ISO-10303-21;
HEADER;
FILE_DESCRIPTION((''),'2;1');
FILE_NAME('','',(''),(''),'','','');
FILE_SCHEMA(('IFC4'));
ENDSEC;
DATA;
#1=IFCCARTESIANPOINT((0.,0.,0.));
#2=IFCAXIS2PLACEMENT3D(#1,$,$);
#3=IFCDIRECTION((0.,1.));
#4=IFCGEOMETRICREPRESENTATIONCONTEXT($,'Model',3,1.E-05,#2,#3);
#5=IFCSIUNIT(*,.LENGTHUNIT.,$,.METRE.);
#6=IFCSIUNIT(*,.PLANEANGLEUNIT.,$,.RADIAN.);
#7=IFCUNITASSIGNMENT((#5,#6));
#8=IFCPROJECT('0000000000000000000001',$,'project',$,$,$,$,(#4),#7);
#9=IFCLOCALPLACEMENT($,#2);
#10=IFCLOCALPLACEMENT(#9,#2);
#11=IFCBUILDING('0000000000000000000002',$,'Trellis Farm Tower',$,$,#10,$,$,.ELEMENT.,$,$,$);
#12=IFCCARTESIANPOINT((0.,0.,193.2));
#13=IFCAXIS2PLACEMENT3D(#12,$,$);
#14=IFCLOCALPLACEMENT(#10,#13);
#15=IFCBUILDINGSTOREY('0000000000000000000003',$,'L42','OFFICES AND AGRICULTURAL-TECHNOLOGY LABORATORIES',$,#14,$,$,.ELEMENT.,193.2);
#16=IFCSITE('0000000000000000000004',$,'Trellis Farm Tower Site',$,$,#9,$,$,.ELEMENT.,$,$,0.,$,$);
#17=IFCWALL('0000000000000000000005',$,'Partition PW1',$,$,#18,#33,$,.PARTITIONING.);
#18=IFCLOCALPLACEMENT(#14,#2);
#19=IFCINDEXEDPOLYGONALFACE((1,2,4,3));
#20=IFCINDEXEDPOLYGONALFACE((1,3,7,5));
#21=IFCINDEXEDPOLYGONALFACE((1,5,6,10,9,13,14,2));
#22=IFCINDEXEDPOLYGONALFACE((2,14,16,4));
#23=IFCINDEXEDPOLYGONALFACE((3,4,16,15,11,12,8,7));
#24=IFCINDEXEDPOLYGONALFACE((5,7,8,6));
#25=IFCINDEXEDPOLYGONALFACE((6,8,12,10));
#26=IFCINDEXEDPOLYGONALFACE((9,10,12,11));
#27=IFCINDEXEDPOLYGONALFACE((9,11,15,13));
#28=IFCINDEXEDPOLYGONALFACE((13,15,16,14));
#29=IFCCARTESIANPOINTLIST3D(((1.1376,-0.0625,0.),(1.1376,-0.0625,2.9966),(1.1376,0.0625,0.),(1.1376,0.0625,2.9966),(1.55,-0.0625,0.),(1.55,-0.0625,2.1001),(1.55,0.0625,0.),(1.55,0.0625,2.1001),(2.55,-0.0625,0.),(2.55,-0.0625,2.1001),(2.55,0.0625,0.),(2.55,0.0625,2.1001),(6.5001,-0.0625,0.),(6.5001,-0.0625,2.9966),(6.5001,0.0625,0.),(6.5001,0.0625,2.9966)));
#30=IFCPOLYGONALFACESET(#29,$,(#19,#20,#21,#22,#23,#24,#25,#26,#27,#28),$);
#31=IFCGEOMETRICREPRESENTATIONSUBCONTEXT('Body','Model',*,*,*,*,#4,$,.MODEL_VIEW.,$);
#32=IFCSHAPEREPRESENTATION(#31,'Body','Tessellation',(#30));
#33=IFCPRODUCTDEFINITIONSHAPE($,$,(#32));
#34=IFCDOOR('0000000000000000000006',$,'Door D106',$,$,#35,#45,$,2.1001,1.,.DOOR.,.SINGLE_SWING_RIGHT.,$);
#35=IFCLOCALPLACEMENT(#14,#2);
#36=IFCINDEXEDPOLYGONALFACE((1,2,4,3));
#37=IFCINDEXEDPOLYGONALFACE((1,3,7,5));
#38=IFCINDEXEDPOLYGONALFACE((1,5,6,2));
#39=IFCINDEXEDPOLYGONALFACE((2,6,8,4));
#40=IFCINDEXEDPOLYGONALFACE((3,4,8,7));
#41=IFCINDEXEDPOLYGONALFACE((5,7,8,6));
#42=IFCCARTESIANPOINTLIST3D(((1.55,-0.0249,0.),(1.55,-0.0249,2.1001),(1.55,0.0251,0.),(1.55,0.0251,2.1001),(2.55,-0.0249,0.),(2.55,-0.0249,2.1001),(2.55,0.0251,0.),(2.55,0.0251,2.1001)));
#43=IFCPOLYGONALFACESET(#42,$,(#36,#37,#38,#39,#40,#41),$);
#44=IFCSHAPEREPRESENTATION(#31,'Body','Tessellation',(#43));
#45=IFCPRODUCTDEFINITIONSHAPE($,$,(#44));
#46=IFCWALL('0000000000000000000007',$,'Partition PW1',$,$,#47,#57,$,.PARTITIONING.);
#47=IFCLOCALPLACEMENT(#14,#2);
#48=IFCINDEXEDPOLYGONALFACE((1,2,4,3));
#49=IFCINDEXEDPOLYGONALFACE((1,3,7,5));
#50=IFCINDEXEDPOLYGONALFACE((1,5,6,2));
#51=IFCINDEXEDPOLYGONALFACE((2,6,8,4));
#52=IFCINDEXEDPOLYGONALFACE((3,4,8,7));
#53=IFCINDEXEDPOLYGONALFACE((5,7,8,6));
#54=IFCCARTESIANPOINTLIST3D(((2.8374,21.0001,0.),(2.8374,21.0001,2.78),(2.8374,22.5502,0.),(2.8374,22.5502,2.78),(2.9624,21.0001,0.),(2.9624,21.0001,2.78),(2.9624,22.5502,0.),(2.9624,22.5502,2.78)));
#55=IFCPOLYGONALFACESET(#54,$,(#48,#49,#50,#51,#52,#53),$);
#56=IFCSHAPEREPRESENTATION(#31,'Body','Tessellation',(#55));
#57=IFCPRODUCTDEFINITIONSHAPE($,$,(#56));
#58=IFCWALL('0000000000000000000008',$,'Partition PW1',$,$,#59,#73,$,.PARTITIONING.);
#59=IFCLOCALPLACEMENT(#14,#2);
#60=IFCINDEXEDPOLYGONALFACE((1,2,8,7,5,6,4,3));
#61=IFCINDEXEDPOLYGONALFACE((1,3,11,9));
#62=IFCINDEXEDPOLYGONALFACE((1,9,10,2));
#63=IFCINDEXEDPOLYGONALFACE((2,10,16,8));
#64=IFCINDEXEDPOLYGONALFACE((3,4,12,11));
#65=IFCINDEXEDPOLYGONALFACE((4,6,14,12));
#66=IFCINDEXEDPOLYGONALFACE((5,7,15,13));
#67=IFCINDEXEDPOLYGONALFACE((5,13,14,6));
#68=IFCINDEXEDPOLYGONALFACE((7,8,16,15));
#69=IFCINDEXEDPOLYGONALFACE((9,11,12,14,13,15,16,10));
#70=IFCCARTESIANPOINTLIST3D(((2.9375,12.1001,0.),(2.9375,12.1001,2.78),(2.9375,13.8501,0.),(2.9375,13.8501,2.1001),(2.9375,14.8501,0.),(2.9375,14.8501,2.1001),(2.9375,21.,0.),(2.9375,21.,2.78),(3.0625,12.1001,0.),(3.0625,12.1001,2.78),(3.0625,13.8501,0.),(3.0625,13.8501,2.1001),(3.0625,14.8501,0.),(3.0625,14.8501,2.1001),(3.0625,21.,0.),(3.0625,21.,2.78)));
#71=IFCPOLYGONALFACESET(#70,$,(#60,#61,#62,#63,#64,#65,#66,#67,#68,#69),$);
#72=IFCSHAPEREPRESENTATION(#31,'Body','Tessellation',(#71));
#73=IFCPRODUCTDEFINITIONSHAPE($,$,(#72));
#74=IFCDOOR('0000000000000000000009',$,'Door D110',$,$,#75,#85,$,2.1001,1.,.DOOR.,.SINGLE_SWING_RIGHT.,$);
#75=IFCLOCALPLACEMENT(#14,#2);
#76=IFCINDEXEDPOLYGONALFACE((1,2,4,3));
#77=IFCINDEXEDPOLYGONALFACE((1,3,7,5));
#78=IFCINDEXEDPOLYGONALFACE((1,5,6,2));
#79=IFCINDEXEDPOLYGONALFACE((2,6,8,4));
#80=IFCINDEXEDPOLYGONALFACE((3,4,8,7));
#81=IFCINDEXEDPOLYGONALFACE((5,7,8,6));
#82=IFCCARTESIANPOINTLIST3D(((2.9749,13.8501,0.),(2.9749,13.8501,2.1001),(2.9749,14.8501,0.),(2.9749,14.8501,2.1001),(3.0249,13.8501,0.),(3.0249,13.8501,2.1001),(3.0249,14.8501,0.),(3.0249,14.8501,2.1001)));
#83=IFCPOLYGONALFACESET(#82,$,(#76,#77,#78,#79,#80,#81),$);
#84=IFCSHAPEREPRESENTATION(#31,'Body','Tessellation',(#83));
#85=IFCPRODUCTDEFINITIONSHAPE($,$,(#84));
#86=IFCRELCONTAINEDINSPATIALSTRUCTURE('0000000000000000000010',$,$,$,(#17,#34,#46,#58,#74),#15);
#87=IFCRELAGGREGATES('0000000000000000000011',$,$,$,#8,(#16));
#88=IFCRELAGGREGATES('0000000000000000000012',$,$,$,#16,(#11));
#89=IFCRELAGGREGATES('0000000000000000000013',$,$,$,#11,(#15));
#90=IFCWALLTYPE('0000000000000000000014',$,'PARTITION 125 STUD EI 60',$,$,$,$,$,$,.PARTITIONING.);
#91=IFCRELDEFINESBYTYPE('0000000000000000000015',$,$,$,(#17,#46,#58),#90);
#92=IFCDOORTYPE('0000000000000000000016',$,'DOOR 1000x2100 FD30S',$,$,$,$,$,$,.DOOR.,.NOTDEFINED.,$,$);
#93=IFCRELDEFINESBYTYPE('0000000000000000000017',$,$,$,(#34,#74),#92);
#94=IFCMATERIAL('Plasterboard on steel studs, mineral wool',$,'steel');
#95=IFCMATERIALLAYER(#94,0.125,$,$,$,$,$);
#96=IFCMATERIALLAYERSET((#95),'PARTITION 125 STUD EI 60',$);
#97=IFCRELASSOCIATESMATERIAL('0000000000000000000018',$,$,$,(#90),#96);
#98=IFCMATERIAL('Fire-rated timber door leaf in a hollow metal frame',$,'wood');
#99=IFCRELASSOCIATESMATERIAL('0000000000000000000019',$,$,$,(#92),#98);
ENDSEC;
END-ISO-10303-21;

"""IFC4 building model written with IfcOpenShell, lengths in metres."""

from ifc_helpers import new_model, si_unit, direction, frame, frame_2d, origin, place, context, subcontext, project, spatial, rectangle, extrude, source, transform, mapped, material, layer, layer_set, type_object, element, fill, save


model = new_model("IFC4")

# Units and contexts
model_context = context("Model", 3, precision=1e-05, world=origin(), true_north=direction((0.0, 1.0)))
body_context = subcontext(model_context, "Body", "Model", "MODEL_VIEW")
ifc_project = project(units=[si_unit("LENGTHUNIT", "METRE"), si_unit("PLANEANGLEUNIT", "RADIAN")], contexts=[model_context])

# Site, building, storey
site_placement = place(None, origin())
site = spatial("IfcSite", under=ifc_project, at=site_placement, Name="Trellis Farm Tower Site", CompositionType="ELEMENT", RefElevation=0.0)
building_placement = place(site_placement, origin())
building = spatial("IfcBuilding", under=site, at=building_placement, Name="Trellis Farm Tower", CompositionType="ELEMENT")
storey_placement = place(building_placement, frame((0.0, 0.0, 193.2)))
storey = spatial("IfcBuildingStorey", under=building, at=storey_placement, Name="L42", Description="OFFICES AND AGRICULTURAL-TECHNOLOGY LABORATORIES", CompositionType="ELEMENT", Elevation=193.2)

# Shared definitions
ifc_material_1 = material(Name="Plasterboard on steel studs, mineral wool", Category="steel")
ifc_layer_1 = layer(ifc_material_1, 0.125)
ifc_layer_set_1 = layer_set([ifc_layer_1], Name="PARTITION 125 STUD EI 60")
wall_type_1 = type_object("IfcWallType", Name="PARTITION 125 STUD EI 60", PredefinedType="PARTITIONING", material=ifc_layer_set_1)

# Wall, opening, door
shared_shape_1 = source(origin(), body_context, "Body", "SweptSolid", [
    extrude(rectangle(XDim=5.3625, YDim=0.125, at=frame_2d((2.6812, 0.0))), origin(), (0.0, 0.0, 1.0), 2.9966),
])
wall_1_placement = place(storey_placement, frame((6.5, 0.0, 0.0), z_axis=(0.0, 0.0, 1.0), x_axis=(-1.0, 0.0, 0.0)))
wall_1 = element("IfcWall", 1, at=wall_1_placement, inside=storey, type_object=wall_type_1, Name="Partition PW1", PredefinedType="PARTITIONING", context=body_context, shape_type="MappedRepresentation", body=[
    mapped(shared_shape_1, transform((0.0, 0.0, 0.0))),
])
shared_shape_2 = source(origin(), body_context, "Body", "SweptSolid", [
    extrude(rectangle(XDim=1.0, YDim=2.1001, at=frame_2d((0.5, 1.05))), frame((0.0, 0.0725, 0.0), z_axis=(0.0, -1.0, 0.0), x_axis=(1.0, 0.0, 0.0)), (0.0, 0.0, 1.0), 0.145),
])
opening_1_placement = place(wall_1_placement, frame((3.95, 0.0, 0.0)))
opening_1 = element("IfcOpeningElement", 2, at=opening_1_placement, cuts=wall_1, PredefinedType="OPENING", context=body_context, shape_type="MappedRepresentation", body=[
    mapped(shared_shape_2, transform((0.0, 0.0, 0.0))),
])
ifc_material_2 = material(Name="Fire-rated timber door leaf in a hollow metal frame", Category="wood")
door_type_1 = type_object("IfcDoorType", Name="DOOR 1000x2100 FD30S", OperationType="NOTDEFINED", PredefinedType="DOOR", material=ifc_material_2)
shared_shape_3 = source(origin(), body_context, "Body", "SweptSolid", [
    extrude(rectangle(XDim=1.0, YDim=2.1001, at=frame_2d((0.5, 1.05))), frame((0.0, 0.0249, 0.0), z_axis=(0.0, -1.0, 0.0), x_axis=(1.0, 0.0, 0.0)), (0.0, 0.0, 1.0), 0.05),
])
door_1_placement = place(opening_1_placement, origin())
door_1 = element("IfcDoor", 3, at=door_1_placement, inside=storey, type_object=door_type_1, Name="Door D106", OperationType="SINGLE_SWING_RIGHT", OverallHeight=2.1001, OverallWidth=1.0, PredefinedType="DOOR", context=body_context, shape_type="MappedRepresentation", body=[
    mapped(shared_shape_3, transform((0.0, 0.0, 0.0))),
])
fill(opening_1, door_1)

# Wall
shared_shape_4 = source(origin(), body_context, "Body", "SweptSolid", [
    extrude(rectangle(XDim=1.55, YDim=0.125, at=frame_2d((0.7749, 0.0))), origin(), (0.0, 0.0, 1.0), 2.78),
])
wall_2_placement = place(storey_placement, frame((2.8999, 22.55, 0.0), z_axis=(0.0, 0.0, 1.0), x_axis=(0.0, -1.0, 0.0)))
element("IfcWall", 4, at=wall_2_placement, inside=storey, type_object=wall_type_1, Name="Partition PW1", PredefinedType="PARTITIONING", context=body_context, shape_type="MappedRepresentation", body=[
    mapped(shared_shape_4, transform((0.0, 0.0, 0.0))),
])

# Wall, opening, door
shared_shape_5 = source(origin(), body_context, "Body", "SweptSolid", [
    extrude(rectangle(XDim=8.8999, YDim=0.125, at=frame_2d((4.45, 0.0))), origin(), (0.0, 0.0, 1.0), 2.78),
])
wall_3_placement = place(storey_placement, frame((3.0, 21.0, 0.0), z_axis=(0.0, 0.0, 1.0), x_axis=(0.0, -1.0, 0.0)))
wall_3 = element("IfcWall", 5, at=wall_3_placement, inside=storey, type_object=wall_type_1, Name="Partition PW1", PredefinedType="PARTITIONING", context=body_context, shape_type="MappedRepresentation", body=[
    mapped(shared_shape_5, transform((0.0, 0.0, 0.0))),
])
opening_2_placement = place(wall_3_placement, frame((6.1499, 0.0, 0.0)))
opening_2 = element("IfcOpeningElement", 6, at=opening_2_placement, cuts=wall_3, PredefinedType="OPENING", context=body_context, shape_type="MappedRepresentation", body=[
    mapped(shared_shape_2, transform((0.0, 0.0, 0.0))),
])
door_2_placement = place(opening_2_placement, origin())
door_2 = element("IfcDoor", 7, at=door_2_placement, inside=storey, type_object=door_type_1, Name="Door D110", OperationType="SINGLE_SWING_RIGHT", OverallHeight=2.1001, OverallWidth=1.0, PredefinedType="DOOR", context=body_context, shape_type="MappedRepresentation", body=[
    mapped(shared_shape_3, transform((0.0, 0.0, 0.0))),
])
fill(opening_2, door_2)

save(model, "model.ifc")
